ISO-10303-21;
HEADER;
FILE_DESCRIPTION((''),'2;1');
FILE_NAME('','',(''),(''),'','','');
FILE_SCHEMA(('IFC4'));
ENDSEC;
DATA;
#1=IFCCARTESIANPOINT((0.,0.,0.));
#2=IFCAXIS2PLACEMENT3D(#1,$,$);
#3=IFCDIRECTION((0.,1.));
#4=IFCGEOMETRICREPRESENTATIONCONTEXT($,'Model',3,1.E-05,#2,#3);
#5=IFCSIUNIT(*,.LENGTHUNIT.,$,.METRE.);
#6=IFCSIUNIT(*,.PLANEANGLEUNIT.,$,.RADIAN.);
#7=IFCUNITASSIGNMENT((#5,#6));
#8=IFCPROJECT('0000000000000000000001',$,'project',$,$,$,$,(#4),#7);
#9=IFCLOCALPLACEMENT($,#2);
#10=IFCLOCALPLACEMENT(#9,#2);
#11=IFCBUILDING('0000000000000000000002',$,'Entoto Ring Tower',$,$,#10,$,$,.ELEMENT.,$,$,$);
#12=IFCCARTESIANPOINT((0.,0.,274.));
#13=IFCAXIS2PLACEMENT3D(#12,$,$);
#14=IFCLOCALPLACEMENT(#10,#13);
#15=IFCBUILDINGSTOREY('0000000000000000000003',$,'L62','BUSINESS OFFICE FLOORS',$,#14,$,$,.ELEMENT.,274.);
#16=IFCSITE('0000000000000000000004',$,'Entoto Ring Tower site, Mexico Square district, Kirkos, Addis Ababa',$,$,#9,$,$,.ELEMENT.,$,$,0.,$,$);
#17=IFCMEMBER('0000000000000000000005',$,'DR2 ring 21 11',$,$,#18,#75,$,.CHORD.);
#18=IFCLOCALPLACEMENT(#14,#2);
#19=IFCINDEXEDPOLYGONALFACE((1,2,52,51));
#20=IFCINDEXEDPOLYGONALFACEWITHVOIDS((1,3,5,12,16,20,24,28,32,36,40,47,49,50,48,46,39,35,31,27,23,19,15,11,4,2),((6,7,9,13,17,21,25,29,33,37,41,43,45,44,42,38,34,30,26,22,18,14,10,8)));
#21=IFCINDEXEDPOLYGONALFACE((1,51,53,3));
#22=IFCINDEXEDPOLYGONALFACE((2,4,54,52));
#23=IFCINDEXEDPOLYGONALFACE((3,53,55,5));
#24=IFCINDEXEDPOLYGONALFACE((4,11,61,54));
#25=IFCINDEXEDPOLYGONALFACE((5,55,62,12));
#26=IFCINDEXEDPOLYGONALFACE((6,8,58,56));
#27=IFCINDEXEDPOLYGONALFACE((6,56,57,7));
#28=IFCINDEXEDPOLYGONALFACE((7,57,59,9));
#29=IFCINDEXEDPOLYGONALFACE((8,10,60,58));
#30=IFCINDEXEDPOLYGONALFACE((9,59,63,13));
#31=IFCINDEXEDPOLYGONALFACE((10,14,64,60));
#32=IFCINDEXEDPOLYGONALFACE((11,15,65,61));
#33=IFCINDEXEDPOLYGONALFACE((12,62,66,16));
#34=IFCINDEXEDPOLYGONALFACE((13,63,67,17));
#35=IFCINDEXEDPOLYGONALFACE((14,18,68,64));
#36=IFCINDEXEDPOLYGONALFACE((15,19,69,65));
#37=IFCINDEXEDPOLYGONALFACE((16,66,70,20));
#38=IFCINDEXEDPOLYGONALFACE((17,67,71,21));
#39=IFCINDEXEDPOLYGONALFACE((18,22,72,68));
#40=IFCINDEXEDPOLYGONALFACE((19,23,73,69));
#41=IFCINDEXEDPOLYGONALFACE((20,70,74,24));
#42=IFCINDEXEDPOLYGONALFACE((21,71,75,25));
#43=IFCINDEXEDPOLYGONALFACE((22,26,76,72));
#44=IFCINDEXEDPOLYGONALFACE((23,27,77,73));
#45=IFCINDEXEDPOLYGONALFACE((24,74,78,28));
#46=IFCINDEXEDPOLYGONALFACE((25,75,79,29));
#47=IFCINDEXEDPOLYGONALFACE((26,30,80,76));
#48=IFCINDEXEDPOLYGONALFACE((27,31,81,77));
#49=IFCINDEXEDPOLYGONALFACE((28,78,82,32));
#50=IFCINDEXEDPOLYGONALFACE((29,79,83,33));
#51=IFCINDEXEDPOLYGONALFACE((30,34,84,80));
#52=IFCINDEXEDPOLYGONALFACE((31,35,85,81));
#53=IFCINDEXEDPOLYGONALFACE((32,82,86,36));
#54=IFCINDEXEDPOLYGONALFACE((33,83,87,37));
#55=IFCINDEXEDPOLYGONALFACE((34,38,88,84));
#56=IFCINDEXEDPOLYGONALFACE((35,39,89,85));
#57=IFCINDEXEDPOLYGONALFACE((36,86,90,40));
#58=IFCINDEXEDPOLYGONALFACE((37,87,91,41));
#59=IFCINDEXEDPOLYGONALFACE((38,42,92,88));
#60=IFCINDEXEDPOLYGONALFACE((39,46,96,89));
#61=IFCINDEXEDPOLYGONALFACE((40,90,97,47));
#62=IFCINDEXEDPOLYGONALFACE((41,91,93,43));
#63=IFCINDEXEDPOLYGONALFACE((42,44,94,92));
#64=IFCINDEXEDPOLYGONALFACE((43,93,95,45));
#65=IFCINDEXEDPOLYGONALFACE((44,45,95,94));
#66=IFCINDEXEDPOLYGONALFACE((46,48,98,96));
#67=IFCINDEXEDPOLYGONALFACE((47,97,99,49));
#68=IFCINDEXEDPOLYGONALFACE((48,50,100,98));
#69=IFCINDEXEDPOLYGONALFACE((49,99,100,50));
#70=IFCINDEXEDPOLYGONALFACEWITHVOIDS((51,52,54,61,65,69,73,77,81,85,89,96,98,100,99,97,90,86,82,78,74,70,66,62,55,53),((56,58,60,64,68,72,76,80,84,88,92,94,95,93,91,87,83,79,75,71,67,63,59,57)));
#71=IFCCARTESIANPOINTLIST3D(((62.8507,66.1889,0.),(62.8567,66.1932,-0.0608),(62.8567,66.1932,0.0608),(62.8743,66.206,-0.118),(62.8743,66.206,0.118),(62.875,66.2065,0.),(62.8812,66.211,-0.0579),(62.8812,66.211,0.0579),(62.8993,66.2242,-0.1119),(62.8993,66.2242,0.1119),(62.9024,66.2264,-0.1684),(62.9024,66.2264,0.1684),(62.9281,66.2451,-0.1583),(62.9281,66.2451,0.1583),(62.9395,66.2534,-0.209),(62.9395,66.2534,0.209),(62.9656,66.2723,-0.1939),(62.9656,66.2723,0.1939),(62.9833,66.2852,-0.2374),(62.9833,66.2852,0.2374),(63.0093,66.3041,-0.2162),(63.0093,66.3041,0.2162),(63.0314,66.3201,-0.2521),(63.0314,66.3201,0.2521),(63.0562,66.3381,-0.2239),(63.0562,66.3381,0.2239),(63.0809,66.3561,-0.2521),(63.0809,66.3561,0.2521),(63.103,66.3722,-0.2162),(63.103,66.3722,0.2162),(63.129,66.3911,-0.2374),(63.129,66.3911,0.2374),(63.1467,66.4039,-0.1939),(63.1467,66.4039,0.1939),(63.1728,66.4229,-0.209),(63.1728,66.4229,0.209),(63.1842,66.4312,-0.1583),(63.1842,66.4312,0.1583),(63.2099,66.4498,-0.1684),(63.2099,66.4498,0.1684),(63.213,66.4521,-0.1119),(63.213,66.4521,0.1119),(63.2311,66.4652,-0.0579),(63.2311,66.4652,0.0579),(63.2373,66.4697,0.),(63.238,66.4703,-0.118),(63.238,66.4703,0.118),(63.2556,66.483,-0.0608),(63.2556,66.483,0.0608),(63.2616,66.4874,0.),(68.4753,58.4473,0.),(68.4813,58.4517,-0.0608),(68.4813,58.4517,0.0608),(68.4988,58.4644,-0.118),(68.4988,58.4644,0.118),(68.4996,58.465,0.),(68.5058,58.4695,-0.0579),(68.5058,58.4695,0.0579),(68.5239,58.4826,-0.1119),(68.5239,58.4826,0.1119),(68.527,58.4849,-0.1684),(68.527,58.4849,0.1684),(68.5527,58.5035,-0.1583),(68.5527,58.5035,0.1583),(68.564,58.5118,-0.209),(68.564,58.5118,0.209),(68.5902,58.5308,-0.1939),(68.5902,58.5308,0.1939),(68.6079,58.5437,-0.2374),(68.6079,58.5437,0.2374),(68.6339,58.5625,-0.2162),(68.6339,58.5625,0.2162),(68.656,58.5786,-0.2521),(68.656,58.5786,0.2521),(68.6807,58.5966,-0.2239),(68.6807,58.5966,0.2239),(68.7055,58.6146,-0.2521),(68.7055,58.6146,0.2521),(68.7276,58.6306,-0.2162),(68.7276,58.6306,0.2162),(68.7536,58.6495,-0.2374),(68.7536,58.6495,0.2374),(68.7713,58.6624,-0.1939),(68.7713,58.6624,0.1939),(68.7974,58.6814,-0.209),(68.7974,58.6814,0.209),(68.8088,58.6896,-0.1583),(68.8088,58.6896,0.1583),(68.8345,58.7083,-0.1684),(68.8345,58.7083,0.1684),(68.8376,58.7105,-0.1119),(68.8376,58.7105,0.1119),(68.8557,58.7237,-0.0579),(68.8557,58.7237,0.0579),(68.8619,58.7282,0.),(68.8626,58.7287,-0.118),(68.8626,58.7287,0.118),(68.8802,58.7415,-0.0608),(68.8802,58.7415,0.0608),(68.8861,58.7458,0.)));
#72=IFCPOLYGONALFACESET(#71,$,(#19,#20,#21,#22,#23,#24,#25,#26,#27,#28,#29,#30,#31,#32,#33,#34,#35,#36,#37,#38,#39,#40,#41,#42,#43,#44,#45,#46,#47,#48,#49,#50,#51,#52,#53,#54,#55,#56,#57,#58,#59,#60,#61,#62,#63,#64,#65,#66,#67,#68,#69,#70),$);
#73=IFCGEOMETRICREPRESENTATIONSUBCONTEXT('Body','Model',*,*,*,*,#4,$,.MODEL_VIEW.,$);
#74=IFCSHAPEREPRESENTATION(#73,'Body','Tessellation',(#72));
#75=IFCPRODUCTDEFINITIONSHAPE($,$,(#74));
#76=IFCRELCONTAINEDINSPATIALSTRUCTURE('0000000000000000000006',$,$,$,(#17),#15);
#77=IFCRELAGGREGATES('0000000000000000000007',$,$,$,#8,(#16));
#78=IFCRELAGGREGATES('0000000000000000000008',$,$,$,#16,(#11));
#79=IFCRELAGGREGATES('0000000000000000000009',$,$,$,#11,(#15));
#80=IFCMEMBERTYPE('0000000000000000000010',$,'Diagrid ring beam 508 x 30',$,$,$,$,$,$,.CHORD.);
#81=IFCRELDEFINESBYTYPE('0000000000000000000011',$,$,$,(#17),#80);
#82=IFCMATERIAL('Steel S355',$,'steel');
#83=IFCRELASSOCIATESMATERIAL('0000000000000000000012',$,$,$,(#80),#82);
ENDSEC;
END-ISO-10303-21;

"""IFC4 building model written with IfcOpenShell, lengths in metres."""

from ifc_helpers import new_model, si_unit, direction, frame, origin, origin_2d, place, context, subcontext, project, spatial, circle, hollow_circle, extrude, material, material_profile, profile_set, type_object, element, save


model = new_model("IFC4")

# Units and contexts
model_context = context("Model", 3, precision=1e-05, world=origin(), true_north=direction((0.0, 1.0)))
body_context = subcontext(model_context, "Body", "Model", "MODEL_VIEW")
ifc_project = project(units=[si_unit("LENGTHUNIT", "METRE"), si_unit("PLANEANGLEUNIT", "RADIAN")], contexts=[model_context])

# Site, building, storey
site_placement = place(None, origin())
site = spatial("IfcSite", under=ifc_project, at=site_placement, Name="Entoto Ring Tower site, Mexico Square district, Kirkos, Addis Ababa", CompositionType="ELEMENT", RefElevation=0.0)
building_placement = place(site_placement, origin())
building = spatial("IfcBuilding", under=site, at=building_placement, Name="Entoto Ring Tower", CompositionType="ELEMENT")
storey_placement = place(building_placement, frame((0.0, 0.0, 274.0)))
storey = spatial("IfcBuildingStorey", under=building, at=storey_placement, Name="L62", Description="BUSINESS OFFICE FLOORS", CompositionType="ELEMENT", Elevation=274.0)

# Member
ifc_material_1 = material(Name="Steel S355", Category="steel")
ifc_material_profile_1 = material_profile(ifc_material_1, hollow_circle(Radius=0.2539, WallThickness=0.03, at=origin_2d()), Name="CHS 508 x 30")
ifc_material_2 = material(Name="Concrete C60/75", Category="concrete")
ifc_material_profile_2 = material_profile(ifc_material_2, circle(Radius=0.2241, at=origin_2d()), Name="Concrete C60/75 infill")
ifc_profile_set = profile_set([ifc_material_profile_1, ifc_material_profile_2], Name="Steel S355")
member_type = type_object("IfcMemberType", Name="Diagrid ring beam 508 x 30", PredefinedType="CHORD", material=ifc_profile_set)
member_placement = place(storey_placement, frame((63.0562, 66.3381, 0.0), z_axis=(0.587786, -0.809016, 0.0), x_axis=(0.809016, 0.587786, 0.0)))
element("IfcMember", 1, at=member_placement, inside=storey, type_object=member_type, Name="DR2 ring 21 11", PredefinedType="CHORD", context=body_context, shape_type="SweptSolid", body=[
    extrude(hollow_circle(Radius=0.2539, WallThickness=0.03, at=origin_2d()), origin(), (0.0, 0.0, 1.0), 9.5691),
])

save(model, "model.ifc")
